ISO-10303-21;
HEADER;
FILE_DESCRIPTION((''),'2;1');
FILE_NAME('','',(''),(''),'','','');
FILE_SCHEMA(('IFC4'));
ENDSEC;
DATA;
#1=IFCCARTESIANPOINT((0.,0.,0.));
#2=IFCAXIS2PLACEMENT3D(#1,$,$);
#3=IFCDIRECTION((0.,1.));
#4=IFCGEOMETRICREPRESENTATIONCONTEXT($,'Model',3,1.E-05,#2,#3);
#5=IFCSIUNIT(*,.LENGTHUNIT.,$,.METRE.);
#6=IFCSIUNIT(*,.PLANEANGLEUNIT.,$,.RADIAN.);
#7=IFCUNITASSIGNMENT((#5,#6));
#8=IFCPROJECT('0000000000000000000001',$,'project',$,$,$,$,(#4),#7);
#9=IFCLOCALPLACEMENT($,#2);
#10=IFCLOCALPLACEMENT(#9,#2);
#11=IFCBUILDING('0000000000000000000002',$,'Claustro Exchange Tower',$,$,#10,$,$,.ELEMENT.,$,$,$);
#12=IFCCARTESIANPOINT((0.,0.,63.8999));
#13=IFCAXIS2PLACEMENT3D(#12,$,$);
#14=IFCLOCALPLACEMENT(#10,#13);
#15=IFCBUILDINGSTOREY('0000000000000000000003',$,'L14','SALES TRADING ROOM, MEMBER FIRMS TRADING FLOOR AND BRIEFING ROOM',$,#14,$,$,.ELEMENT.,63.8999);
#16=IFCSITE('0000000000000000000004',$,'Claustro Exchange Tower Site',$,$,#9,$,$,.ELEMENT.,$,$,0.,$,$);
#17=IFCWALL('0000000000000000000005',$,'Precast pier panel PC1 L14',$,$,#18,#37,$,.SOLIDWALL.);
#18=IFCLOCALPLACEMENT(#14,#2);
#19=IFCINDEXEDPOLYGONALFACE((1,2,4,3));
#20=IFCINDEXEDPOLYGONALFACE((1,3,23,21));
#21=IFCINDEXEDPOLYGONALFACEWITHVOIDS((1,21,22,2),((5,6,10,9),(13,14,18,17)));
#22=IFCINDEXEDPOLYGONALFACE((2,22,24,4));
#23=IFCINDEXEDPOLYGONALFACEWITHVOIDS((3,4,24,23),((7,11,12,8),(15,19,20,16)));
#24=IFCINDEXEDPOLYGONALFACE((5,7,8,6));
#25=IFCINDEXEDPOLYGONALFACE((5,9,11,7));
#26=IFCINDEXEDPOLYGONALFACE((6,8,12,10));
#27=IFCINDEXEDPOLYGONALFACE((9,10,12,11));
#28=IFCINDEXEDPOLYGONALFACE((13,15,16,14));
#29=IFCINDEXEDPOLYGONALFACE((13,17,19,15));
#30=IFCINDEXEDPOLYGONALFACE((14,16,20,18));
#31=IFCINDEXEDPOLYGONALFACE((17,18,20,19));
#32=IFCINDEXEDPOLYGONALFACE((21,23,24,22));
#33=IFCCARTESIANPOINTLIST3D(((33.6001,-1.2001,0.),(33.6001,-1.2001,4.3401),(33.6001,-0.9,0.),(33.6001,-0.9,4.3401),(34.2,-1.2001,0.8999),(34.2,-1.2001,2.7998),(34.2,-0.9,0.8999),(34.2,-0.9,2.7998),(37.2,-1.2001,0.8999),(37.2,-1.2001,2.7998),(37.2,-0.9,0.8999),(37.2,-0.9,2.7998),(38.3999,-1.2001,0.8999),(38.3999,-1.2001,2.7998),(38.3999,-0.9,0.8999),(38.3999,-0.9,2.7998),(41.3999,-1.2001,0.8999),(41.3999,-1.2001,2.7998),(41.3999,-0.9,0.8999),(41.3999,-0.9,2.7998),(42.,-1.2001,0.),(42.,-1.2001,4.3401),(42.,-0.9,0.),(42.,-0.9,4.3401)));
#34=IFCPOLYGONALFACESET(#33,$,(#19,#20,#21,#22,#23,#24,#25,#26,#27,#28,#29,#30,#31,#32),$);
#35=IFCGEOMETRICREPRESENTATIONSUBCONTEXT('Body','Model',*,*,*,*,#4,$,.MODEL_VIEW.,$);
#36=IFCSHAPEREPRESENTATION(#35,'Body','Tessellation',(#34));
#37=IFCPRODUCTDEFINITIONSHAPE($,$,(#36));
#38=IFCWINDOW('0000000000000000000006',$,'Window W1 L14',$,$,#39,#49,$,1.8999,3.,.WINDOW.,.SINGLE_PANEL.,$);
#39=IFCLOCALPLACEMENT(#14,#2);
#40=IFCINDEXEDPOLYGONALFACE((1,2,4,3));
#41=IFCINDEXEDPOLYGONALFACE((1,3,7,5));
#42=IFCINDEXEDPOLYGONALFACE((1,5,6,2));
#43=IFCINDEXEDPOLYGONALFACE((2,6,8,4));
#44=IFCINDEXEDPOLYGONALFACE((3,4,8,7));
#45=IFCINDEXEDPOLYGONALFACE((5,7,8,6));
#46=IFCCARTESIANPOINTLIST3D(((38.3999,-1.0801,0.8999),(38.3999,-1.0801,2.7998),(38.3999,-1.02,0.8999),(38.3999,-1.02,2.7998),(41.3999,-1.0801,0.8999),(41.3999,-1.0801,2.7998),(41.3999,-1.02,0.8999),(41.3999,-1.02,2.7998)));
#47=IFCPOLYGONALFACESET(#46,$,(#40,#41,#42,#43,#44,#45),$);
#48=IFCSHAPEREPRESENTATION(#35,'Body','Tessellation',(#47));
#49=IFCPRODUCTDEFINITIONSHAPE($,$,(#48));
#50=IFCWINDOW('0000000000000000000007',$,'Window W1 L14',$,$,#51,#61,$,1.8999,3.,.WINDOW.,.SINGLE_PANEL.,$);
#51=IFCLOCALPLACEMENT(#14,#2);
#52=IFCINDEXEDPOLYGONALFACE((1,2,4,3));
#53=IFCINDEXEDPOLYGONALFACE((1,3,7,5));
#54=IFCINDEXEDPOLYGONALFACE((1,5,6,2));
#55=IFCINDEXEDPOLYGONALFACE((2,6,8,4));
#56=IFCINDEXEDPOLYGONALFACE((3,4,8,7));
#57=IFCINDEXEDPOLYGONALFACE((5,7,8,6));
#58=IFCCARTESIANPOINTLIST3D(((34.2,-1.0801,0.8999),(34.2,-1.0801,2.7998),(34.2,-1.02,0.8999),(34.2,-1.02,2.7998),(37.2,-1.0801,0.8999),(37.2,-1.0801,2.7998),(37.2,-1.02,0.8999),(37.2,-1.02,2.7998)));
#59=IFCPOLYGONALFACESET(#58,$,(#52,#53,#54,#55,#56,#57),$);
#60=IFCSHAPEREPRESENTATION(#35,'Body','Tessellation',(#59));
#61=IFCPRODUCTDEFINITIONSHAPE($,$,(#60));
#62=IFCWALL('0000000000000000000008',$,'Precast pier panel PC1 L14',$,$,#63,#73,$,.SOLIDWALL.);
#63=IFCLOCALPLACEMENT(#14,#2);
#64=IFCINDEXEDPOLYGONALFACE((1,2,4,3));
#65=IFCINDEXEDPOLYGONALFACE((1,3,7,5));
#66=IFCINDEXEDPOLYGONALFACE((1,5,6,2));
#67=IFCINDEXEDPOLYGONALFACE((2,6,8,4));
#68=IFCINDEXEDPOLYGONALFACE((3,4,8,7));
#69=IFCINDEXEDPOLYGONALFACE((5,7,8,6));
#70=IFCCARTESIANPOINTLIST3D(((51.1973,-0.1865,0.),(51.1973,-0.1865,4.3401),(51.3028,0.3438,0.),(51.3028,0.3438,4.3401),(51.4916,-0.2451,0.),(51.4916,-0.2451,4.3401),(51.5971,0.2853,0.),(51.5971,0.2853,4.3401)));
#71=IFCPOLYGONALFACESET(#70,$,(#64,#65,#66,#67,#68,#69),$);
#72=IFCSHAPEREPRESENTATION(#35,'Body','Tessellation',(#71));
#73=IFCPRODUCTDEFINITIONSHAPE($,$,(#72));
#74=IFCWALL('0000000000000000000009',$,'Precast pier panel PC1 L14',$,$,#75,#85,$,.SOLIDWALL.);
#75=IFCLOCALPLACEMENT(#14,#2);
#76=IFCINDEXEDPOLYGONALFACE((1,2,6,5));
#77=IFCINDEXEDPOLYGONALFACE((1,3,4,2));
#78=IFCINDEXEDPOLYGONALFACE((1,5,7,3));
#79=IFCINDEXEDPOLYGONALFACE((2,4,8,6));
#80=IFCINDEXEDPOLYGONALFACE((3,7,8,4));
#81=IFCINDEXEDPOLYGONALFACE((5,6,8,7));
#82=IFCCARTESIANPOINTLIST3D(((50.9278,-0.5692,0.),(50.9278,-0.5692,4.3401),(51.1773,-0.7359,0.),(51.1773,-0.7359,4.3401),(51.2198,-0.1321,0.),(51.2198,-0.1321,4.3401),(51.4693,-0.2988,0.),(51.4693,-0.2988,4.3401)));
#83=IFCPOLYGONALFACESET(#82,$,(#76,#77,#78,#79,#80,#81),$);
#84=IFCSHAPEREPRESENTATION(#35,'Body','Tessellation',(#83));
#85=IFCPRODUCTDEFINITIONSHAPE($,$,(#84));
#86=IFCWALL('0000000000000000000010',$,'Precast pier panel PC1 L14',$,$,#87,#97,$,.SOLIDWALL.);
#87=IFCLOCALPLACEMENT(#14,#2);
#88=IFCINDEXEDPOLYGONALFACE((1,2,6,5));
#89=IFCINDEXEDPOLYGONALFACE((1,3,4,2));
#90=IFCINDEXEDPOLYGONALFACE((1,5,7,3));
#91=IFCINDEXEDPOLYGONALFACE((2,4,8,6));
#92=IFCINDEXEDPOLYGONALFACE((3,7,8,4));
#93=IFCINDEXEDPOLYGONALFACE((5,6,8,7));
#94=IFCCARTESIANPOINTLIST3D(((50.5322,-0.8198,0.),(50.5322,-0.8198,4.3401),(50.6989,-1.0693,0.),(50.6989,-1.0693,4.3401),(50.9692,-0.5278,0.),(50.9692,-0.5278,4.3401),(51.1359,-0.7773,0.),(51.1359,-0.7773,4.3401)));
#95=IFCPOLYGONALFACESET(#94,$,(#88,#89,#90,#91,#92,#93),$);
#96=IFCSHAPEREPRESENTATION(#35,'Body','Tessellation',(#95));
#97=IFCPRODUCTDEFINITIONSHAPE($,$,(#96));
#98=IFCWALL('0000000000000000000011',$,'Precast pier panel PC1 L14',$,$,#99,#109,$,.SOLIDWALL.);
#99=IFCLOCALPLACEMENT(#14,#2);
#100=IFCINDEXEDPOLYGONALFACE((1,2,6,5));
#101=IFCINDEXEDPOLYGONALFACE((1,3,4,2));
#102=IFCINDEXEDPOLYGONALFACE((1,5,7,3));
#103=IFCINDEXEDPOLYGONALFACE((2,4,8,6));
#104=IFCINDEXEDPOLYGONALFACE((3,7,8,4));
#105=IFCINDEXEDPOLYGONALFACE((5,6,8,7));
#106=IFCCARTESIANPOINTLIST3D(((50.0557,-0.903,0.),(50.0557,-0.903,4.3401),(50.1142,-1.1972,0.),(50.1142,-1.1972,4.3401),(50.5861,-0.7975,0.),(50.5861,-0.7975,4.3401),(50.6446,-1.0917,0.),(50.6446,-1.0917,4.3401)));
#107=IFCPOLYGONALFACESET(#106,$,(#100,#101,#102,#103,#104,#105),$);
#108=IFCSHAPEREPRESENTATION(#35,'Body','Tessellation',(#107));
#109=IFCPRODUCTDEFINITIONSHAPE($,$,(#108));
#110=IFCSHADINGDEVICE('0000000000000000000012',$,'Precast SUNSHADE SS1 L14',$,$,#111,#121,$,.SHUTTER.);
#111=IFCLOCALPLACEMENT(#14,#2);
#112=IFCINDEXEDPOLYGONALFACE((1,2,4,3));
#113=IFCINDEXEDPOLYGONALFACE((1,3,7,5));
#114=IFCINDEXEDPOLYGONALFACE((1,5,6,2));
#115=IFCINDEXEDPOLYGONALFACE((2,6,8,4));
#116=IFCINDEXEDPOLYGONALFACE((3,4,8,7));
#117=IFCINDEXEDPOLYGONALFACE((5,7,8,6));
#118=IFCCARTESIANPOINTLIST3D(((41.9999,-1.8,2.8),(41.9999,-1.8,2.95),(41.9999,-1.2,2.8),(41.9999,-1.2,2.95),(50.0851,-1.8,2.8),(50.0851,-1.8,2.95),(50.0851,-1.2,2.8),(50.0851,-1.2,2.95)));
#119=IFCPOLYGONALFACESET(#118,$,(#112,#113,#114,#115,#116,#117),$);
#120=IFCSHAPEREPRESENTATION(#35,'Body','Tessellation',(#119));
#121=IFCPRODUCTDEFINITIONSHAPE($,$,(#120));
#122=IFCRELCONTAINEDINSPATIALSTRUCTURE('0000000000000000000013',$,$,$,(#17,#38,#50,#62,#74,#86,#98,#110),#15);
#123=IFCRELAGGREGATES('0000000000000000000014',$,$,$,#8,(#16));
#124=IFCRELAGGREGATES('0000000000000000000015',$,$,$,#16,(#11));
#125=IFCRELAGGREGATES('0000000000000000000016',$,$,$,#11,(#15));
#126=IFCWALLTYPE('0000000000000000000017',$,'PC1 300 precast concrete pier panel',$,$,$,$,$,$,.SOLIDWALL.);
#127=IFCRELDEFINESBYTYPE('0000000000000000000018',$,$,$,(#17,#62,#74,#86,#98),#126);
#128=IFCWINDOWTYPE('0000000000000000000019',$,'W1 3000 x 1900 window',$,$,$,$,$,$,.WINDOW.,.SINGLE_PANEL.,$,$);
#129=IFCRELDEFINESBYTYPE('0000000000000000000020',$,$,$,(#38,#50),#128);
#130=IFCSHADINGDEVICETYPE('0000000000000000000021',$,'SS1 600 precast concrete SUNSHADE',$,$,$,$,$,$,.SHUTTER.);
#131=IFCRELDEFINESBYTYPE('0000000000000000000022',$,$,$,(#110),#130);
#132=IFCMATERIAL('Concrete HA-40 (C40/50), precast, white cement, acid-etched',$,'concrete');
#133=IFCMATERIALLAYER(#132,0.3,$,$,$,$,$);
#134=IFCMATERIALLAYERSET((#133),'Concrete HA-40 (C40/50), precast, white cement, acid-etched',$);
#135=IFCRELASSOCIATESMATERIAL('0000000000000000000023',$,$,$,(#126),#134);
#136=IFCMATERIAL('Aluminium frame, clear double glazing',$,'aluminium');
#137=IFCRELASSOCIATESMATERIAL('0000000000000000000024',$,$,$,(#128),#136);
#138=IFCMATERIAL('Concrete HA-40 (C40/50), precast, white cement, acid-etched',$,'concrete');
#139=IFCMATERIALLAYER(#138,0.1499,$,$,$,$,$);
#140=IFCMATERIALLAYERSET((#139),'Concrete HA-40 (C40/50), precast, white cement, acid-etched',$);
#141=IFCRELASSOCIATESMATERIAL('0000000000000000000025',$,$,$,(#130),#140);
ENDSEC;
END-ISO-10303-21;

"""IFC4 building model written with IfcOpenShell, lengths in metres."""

from ifc_helpers import new_model, si_unit, direction, frame, frame_2d, origin, origin_2d, place, context, subcontext, project, spatial, rectangle, extrude, material, layer, layer_set, type_object, element, fill, save


model = new_model("IFC4")

# Units and contexts
model_context = context("Model", 3, precision=1e-05, world=origin(), true_north=direction((0.0, 1.0)))
body_context = subcontext(model_context, "Body", "Model", "MODEL_VIEW")
ifc_project = project(units=[si_unit("LENGTHUNIT", "METRE"), si_unit("PLANEANGLEUNIT", "RADIAN")], contexts=[model_context])

# Site, building, storey
site_placement = place(None, origin())
site = spatial("IfcSite", under=ifc_project, at=site_placement, Name="Claustro Exchange Tower Site", CompositionType="ELEMENT", RefElevation=0.0)
building_placement = place(site_placement, origin())
building = spatial("IfcBuilding", under=site, at=building_placement, Name="Claustro Exchange Tower", CompositionType="ELEMENT")
storey_placement = place(building_placement, frame((0.0, 0.0, 63.8999)))
storey = spatial("IfcBuildingStorey", under=building, at=storey_placement, Name="L14", Description="SALES TRADING ROOM, MEMBER FIRMS TRADING FLOOR AND BRIEFING ROOM", CompositionType="ELEMENT", Elevation=63.8999)

# Wall, openings, windows
ifc_material_1 = material(Name="Concrete HA-40 (C40/50), precast, white cement, acid-etched", Category="concrete")
ifc_layer_1 = layer(ifc_material_1, 0.3)
ifc_layer_set_1 = layer_set([ifc_layer_1], Name="Concrete HA-40 (C40/50), precast, white cement, acid-etched")
wall_type_1 = type_object("IfcWallType", Name="PC1 300 precast concrete pier panel", PredefinedType="SOLIDWALL", material=ifc_layer_set_1)
ifc_material_2 = material(Name="Aluminium frame, clear double glazing", Category="aluminium")
window_type = type_object("IfcWindowType", Name="W1 3000 x 1900 window", PartitioningType="SINGLE_PANEL", PredefinedType="WINDOW", material=ifc_material_2)
wall_1_placement = place(storey_placement, frame((42.0, -1.05, 0.0), z_axis=(0.0, 0.0, 1.0), x_axis=(-1.0, 0.0, 0.0)))
wall_1 = element("IfcWall", 1, at=wall_1_placement, inside=storey, type_object=wall_type_1, Name="Precast pier panel PC1 L14", PredefinedType="SOLIDWALL", context=body_context, shape_type="SweptSolid", body=[
    extrude(rectangle(XDim=8.3999, YDim=0.3, at=frame_2d((4.2, 0.0))), origin(), (0.0, 0.0, 1.0), 4.3401),
])
opening_1_placement = place(wall_1_placement, frame((0.6001, 0.0, 0.8999)))
opening_1 = element("IfcOpeningElement", 2, at=opening_1_placement, cuts=wall_1, PredefinedType="OPENING", context=body_context, shape_type="SweptSolid", body=[
    extrude(rectangle(XDim=3.0, YDim=1.8999, at=frame_2d((1.5, 0.95))), frame((0.0, 0.1599, 0.0), z_axis=(0.0, -1.0, 0.0), x_axis=(1.0, 0.0, 0.0)), (0.0, 0.0, 1.0), 0.3201),
])
opening_2_placement = place(wall_1_placement, frame((4.8, 0.0, 0.8999)))
opening_2 = element("IfcOpeningElement", 3, at=opening_2_placement, cuts=wall_1, PredefinedType="OPENING", context=body_context, shape_type="SweptSolid", body=[
    extrude(rectangle(XDim=3.0, YDim=1.8999, at=frame_2d((1.5, 0.95))), frame((0.0, 0.1599, 0.0), z_axis=(0.0, -1.0, 0.0), x_axis=(1.0, 0.0, 0.0)), (0.0, 0.0, 1.0), 0.3201),
])
window_1_placement = place(opening_1_placement, origin())
window_1 = element("IfcWindow", 4, at=window_1_placement, inside=storey, type_object=window_type, Name="Window W1 L14", OverallHeight=1.8999, OverallWidth=3.0, PartitioningType="SINGLE_PANEL", PredefinedType="WINDOW", context=body_context, shape_type="SweptSolid", body=[
    extrude(rectangle(XDim=3.0, YDim=1.8999, at=frame_2d((1.5, 0.95))), frame((0.0, 0.03, 0.0), z_axis=(0.0, -1.0, 0.0), x_axis=(1.0, 0.0, 0.0)), (0.0, 0.0, 1.0), 0.0601),
])
fill(opening_1, window_1)
window_2_placement = place(opening_2_placement, origin())
window_2 = element("IfcWindow", 5, at=window_2_placement, inside=storey, type_object=window_type, Name="Window W1 L14", OverallHeight=1.8999, OverallWidth=3.0, PartitioningType="SINGLE_PANEL", PredefinedType="WINDOW", context=body_context, shape_type="SweptSolid", body=[
    extrude(rectangle(XDim=3.0, YDim=1.8999, at=frame_2d((1.5, 0.95))), frame((0.0, 0.03, 0.0), z_axis=(0.0, -1.0, 0.0), x_axis=(1.0, 0.0, 0.0)), (0.0, 0.0, 1.0), 0.0601),
])
fill(opening_2, window_2)

# Walls
wall_2_placement = place(storey_placement, frame((51.45, 0.3147, 0.0), z_axis=(0.0, 0.0, 1.0), x_axis=(-0.195074, -0.980789, 0.0)))
element("IfcWall", 6, at=wall_2_placement, inside=storey, type_object=wall_type_1, Name="Precast pier panel PC1 L14", PredefinedType="SOLIDWALL", context=body_context, shape_type="SweptSolid", body=[
    extrude(rectangle(XDim=0.5408, YDim=0.3, at=frame_2d((0.2705, 0.0))), origin(), (0.0, 0.0, 1.0), 4.3401),
])
for number, where, z_axis, x_axis, name in (
    (7, (51.3445, -0.2156, 0.0), (0.0, 0.0, 1.0), (-0.555557, -0.831478, 0.0), "Precast pier panel PC1 L14"),
    (8, (51.0525, -0.6526, 0.0), (0.0, 0.0, 1.0), (-0.831478, -0.555557, 0.0), "Precast pier panel PC1 L14"),
):
    element("IfcWall", number, at=place(storey_placement, frame(where, z_axis=z_axis, x_axis=x_axis)), inside=storey, type_object=wall_type_1, Name=name, PredefinedType="SOLIDWALL", context=body_context, shape_type="SweptSolid", body=[
        extrude(rectangle(XDim=0.5256, YDim=0.3, at=frame_2d((0.2627, 0.0))), origin(), (0.0, 0.0, 1.0), 4.3401),
    ])
wall_3_placement = place(storey_placement, frame((50.6155, -0.9446, 0.0), z_axis=(0.0, 0.0, 1.0), x_axis=(-0.980789, -0.195074, 0.0)))
element("IfcWall", 9, at=wall_3_placement, inside=storey, type_object=wall_type_1, Name="Precast pier panel PC1 L14", PredefinedType="SOLIDWALL", context=body_context, shape_type="SweptSolid", body=[
    extrude(rectangle(XDim=0.5408, YDim=0.3, at=frame_2d((0.2705, 0.0))), origin(), (0.0, 0.0, 1.0), 4.3401),
])

# Shading device
ifc_material_3 = material(Name="Concrete HA-40 (C40/50), precast, white cement, acid-etched", Category="concrete")
ifc_layer_2 = layer(ifc_material_3, 0.1499)
ifc_layer_set_2 = layer_set([ifc_layer_2], Name="Concrete HA-40 (C40/50), precast, white cement, acid-etched")
shading_device_type = type_object("IfcShadingDeviceType", Name="SS1 600 precast concrete SUNSHADE", PredefinedType="SHUTTER", material=ifc_layer_set_2)
shading_device_placement = place(storey_placement, frame((46.0425, -1.5, 2.8), z_axis=(0.0, 0.0, 1.0), x_axis=(-1.0, 0.0, 0.0)))
element("IfcShadingDevice", 10, at=shading_device_placement, inside=storey, type_object=shading_device_type, Name="Precast SUNSHADE SS1 L14", PredefinedType="SHUTTER", context=body_context, shape_type="SweptSolid", body=[
    extrude(rectangle(XDim=8.0852, YDim=0.6001, at=origin_2d()), origin(), (0.0, 0.0, 1.0), 0.1499),
])

save(model, "model.ifc")
